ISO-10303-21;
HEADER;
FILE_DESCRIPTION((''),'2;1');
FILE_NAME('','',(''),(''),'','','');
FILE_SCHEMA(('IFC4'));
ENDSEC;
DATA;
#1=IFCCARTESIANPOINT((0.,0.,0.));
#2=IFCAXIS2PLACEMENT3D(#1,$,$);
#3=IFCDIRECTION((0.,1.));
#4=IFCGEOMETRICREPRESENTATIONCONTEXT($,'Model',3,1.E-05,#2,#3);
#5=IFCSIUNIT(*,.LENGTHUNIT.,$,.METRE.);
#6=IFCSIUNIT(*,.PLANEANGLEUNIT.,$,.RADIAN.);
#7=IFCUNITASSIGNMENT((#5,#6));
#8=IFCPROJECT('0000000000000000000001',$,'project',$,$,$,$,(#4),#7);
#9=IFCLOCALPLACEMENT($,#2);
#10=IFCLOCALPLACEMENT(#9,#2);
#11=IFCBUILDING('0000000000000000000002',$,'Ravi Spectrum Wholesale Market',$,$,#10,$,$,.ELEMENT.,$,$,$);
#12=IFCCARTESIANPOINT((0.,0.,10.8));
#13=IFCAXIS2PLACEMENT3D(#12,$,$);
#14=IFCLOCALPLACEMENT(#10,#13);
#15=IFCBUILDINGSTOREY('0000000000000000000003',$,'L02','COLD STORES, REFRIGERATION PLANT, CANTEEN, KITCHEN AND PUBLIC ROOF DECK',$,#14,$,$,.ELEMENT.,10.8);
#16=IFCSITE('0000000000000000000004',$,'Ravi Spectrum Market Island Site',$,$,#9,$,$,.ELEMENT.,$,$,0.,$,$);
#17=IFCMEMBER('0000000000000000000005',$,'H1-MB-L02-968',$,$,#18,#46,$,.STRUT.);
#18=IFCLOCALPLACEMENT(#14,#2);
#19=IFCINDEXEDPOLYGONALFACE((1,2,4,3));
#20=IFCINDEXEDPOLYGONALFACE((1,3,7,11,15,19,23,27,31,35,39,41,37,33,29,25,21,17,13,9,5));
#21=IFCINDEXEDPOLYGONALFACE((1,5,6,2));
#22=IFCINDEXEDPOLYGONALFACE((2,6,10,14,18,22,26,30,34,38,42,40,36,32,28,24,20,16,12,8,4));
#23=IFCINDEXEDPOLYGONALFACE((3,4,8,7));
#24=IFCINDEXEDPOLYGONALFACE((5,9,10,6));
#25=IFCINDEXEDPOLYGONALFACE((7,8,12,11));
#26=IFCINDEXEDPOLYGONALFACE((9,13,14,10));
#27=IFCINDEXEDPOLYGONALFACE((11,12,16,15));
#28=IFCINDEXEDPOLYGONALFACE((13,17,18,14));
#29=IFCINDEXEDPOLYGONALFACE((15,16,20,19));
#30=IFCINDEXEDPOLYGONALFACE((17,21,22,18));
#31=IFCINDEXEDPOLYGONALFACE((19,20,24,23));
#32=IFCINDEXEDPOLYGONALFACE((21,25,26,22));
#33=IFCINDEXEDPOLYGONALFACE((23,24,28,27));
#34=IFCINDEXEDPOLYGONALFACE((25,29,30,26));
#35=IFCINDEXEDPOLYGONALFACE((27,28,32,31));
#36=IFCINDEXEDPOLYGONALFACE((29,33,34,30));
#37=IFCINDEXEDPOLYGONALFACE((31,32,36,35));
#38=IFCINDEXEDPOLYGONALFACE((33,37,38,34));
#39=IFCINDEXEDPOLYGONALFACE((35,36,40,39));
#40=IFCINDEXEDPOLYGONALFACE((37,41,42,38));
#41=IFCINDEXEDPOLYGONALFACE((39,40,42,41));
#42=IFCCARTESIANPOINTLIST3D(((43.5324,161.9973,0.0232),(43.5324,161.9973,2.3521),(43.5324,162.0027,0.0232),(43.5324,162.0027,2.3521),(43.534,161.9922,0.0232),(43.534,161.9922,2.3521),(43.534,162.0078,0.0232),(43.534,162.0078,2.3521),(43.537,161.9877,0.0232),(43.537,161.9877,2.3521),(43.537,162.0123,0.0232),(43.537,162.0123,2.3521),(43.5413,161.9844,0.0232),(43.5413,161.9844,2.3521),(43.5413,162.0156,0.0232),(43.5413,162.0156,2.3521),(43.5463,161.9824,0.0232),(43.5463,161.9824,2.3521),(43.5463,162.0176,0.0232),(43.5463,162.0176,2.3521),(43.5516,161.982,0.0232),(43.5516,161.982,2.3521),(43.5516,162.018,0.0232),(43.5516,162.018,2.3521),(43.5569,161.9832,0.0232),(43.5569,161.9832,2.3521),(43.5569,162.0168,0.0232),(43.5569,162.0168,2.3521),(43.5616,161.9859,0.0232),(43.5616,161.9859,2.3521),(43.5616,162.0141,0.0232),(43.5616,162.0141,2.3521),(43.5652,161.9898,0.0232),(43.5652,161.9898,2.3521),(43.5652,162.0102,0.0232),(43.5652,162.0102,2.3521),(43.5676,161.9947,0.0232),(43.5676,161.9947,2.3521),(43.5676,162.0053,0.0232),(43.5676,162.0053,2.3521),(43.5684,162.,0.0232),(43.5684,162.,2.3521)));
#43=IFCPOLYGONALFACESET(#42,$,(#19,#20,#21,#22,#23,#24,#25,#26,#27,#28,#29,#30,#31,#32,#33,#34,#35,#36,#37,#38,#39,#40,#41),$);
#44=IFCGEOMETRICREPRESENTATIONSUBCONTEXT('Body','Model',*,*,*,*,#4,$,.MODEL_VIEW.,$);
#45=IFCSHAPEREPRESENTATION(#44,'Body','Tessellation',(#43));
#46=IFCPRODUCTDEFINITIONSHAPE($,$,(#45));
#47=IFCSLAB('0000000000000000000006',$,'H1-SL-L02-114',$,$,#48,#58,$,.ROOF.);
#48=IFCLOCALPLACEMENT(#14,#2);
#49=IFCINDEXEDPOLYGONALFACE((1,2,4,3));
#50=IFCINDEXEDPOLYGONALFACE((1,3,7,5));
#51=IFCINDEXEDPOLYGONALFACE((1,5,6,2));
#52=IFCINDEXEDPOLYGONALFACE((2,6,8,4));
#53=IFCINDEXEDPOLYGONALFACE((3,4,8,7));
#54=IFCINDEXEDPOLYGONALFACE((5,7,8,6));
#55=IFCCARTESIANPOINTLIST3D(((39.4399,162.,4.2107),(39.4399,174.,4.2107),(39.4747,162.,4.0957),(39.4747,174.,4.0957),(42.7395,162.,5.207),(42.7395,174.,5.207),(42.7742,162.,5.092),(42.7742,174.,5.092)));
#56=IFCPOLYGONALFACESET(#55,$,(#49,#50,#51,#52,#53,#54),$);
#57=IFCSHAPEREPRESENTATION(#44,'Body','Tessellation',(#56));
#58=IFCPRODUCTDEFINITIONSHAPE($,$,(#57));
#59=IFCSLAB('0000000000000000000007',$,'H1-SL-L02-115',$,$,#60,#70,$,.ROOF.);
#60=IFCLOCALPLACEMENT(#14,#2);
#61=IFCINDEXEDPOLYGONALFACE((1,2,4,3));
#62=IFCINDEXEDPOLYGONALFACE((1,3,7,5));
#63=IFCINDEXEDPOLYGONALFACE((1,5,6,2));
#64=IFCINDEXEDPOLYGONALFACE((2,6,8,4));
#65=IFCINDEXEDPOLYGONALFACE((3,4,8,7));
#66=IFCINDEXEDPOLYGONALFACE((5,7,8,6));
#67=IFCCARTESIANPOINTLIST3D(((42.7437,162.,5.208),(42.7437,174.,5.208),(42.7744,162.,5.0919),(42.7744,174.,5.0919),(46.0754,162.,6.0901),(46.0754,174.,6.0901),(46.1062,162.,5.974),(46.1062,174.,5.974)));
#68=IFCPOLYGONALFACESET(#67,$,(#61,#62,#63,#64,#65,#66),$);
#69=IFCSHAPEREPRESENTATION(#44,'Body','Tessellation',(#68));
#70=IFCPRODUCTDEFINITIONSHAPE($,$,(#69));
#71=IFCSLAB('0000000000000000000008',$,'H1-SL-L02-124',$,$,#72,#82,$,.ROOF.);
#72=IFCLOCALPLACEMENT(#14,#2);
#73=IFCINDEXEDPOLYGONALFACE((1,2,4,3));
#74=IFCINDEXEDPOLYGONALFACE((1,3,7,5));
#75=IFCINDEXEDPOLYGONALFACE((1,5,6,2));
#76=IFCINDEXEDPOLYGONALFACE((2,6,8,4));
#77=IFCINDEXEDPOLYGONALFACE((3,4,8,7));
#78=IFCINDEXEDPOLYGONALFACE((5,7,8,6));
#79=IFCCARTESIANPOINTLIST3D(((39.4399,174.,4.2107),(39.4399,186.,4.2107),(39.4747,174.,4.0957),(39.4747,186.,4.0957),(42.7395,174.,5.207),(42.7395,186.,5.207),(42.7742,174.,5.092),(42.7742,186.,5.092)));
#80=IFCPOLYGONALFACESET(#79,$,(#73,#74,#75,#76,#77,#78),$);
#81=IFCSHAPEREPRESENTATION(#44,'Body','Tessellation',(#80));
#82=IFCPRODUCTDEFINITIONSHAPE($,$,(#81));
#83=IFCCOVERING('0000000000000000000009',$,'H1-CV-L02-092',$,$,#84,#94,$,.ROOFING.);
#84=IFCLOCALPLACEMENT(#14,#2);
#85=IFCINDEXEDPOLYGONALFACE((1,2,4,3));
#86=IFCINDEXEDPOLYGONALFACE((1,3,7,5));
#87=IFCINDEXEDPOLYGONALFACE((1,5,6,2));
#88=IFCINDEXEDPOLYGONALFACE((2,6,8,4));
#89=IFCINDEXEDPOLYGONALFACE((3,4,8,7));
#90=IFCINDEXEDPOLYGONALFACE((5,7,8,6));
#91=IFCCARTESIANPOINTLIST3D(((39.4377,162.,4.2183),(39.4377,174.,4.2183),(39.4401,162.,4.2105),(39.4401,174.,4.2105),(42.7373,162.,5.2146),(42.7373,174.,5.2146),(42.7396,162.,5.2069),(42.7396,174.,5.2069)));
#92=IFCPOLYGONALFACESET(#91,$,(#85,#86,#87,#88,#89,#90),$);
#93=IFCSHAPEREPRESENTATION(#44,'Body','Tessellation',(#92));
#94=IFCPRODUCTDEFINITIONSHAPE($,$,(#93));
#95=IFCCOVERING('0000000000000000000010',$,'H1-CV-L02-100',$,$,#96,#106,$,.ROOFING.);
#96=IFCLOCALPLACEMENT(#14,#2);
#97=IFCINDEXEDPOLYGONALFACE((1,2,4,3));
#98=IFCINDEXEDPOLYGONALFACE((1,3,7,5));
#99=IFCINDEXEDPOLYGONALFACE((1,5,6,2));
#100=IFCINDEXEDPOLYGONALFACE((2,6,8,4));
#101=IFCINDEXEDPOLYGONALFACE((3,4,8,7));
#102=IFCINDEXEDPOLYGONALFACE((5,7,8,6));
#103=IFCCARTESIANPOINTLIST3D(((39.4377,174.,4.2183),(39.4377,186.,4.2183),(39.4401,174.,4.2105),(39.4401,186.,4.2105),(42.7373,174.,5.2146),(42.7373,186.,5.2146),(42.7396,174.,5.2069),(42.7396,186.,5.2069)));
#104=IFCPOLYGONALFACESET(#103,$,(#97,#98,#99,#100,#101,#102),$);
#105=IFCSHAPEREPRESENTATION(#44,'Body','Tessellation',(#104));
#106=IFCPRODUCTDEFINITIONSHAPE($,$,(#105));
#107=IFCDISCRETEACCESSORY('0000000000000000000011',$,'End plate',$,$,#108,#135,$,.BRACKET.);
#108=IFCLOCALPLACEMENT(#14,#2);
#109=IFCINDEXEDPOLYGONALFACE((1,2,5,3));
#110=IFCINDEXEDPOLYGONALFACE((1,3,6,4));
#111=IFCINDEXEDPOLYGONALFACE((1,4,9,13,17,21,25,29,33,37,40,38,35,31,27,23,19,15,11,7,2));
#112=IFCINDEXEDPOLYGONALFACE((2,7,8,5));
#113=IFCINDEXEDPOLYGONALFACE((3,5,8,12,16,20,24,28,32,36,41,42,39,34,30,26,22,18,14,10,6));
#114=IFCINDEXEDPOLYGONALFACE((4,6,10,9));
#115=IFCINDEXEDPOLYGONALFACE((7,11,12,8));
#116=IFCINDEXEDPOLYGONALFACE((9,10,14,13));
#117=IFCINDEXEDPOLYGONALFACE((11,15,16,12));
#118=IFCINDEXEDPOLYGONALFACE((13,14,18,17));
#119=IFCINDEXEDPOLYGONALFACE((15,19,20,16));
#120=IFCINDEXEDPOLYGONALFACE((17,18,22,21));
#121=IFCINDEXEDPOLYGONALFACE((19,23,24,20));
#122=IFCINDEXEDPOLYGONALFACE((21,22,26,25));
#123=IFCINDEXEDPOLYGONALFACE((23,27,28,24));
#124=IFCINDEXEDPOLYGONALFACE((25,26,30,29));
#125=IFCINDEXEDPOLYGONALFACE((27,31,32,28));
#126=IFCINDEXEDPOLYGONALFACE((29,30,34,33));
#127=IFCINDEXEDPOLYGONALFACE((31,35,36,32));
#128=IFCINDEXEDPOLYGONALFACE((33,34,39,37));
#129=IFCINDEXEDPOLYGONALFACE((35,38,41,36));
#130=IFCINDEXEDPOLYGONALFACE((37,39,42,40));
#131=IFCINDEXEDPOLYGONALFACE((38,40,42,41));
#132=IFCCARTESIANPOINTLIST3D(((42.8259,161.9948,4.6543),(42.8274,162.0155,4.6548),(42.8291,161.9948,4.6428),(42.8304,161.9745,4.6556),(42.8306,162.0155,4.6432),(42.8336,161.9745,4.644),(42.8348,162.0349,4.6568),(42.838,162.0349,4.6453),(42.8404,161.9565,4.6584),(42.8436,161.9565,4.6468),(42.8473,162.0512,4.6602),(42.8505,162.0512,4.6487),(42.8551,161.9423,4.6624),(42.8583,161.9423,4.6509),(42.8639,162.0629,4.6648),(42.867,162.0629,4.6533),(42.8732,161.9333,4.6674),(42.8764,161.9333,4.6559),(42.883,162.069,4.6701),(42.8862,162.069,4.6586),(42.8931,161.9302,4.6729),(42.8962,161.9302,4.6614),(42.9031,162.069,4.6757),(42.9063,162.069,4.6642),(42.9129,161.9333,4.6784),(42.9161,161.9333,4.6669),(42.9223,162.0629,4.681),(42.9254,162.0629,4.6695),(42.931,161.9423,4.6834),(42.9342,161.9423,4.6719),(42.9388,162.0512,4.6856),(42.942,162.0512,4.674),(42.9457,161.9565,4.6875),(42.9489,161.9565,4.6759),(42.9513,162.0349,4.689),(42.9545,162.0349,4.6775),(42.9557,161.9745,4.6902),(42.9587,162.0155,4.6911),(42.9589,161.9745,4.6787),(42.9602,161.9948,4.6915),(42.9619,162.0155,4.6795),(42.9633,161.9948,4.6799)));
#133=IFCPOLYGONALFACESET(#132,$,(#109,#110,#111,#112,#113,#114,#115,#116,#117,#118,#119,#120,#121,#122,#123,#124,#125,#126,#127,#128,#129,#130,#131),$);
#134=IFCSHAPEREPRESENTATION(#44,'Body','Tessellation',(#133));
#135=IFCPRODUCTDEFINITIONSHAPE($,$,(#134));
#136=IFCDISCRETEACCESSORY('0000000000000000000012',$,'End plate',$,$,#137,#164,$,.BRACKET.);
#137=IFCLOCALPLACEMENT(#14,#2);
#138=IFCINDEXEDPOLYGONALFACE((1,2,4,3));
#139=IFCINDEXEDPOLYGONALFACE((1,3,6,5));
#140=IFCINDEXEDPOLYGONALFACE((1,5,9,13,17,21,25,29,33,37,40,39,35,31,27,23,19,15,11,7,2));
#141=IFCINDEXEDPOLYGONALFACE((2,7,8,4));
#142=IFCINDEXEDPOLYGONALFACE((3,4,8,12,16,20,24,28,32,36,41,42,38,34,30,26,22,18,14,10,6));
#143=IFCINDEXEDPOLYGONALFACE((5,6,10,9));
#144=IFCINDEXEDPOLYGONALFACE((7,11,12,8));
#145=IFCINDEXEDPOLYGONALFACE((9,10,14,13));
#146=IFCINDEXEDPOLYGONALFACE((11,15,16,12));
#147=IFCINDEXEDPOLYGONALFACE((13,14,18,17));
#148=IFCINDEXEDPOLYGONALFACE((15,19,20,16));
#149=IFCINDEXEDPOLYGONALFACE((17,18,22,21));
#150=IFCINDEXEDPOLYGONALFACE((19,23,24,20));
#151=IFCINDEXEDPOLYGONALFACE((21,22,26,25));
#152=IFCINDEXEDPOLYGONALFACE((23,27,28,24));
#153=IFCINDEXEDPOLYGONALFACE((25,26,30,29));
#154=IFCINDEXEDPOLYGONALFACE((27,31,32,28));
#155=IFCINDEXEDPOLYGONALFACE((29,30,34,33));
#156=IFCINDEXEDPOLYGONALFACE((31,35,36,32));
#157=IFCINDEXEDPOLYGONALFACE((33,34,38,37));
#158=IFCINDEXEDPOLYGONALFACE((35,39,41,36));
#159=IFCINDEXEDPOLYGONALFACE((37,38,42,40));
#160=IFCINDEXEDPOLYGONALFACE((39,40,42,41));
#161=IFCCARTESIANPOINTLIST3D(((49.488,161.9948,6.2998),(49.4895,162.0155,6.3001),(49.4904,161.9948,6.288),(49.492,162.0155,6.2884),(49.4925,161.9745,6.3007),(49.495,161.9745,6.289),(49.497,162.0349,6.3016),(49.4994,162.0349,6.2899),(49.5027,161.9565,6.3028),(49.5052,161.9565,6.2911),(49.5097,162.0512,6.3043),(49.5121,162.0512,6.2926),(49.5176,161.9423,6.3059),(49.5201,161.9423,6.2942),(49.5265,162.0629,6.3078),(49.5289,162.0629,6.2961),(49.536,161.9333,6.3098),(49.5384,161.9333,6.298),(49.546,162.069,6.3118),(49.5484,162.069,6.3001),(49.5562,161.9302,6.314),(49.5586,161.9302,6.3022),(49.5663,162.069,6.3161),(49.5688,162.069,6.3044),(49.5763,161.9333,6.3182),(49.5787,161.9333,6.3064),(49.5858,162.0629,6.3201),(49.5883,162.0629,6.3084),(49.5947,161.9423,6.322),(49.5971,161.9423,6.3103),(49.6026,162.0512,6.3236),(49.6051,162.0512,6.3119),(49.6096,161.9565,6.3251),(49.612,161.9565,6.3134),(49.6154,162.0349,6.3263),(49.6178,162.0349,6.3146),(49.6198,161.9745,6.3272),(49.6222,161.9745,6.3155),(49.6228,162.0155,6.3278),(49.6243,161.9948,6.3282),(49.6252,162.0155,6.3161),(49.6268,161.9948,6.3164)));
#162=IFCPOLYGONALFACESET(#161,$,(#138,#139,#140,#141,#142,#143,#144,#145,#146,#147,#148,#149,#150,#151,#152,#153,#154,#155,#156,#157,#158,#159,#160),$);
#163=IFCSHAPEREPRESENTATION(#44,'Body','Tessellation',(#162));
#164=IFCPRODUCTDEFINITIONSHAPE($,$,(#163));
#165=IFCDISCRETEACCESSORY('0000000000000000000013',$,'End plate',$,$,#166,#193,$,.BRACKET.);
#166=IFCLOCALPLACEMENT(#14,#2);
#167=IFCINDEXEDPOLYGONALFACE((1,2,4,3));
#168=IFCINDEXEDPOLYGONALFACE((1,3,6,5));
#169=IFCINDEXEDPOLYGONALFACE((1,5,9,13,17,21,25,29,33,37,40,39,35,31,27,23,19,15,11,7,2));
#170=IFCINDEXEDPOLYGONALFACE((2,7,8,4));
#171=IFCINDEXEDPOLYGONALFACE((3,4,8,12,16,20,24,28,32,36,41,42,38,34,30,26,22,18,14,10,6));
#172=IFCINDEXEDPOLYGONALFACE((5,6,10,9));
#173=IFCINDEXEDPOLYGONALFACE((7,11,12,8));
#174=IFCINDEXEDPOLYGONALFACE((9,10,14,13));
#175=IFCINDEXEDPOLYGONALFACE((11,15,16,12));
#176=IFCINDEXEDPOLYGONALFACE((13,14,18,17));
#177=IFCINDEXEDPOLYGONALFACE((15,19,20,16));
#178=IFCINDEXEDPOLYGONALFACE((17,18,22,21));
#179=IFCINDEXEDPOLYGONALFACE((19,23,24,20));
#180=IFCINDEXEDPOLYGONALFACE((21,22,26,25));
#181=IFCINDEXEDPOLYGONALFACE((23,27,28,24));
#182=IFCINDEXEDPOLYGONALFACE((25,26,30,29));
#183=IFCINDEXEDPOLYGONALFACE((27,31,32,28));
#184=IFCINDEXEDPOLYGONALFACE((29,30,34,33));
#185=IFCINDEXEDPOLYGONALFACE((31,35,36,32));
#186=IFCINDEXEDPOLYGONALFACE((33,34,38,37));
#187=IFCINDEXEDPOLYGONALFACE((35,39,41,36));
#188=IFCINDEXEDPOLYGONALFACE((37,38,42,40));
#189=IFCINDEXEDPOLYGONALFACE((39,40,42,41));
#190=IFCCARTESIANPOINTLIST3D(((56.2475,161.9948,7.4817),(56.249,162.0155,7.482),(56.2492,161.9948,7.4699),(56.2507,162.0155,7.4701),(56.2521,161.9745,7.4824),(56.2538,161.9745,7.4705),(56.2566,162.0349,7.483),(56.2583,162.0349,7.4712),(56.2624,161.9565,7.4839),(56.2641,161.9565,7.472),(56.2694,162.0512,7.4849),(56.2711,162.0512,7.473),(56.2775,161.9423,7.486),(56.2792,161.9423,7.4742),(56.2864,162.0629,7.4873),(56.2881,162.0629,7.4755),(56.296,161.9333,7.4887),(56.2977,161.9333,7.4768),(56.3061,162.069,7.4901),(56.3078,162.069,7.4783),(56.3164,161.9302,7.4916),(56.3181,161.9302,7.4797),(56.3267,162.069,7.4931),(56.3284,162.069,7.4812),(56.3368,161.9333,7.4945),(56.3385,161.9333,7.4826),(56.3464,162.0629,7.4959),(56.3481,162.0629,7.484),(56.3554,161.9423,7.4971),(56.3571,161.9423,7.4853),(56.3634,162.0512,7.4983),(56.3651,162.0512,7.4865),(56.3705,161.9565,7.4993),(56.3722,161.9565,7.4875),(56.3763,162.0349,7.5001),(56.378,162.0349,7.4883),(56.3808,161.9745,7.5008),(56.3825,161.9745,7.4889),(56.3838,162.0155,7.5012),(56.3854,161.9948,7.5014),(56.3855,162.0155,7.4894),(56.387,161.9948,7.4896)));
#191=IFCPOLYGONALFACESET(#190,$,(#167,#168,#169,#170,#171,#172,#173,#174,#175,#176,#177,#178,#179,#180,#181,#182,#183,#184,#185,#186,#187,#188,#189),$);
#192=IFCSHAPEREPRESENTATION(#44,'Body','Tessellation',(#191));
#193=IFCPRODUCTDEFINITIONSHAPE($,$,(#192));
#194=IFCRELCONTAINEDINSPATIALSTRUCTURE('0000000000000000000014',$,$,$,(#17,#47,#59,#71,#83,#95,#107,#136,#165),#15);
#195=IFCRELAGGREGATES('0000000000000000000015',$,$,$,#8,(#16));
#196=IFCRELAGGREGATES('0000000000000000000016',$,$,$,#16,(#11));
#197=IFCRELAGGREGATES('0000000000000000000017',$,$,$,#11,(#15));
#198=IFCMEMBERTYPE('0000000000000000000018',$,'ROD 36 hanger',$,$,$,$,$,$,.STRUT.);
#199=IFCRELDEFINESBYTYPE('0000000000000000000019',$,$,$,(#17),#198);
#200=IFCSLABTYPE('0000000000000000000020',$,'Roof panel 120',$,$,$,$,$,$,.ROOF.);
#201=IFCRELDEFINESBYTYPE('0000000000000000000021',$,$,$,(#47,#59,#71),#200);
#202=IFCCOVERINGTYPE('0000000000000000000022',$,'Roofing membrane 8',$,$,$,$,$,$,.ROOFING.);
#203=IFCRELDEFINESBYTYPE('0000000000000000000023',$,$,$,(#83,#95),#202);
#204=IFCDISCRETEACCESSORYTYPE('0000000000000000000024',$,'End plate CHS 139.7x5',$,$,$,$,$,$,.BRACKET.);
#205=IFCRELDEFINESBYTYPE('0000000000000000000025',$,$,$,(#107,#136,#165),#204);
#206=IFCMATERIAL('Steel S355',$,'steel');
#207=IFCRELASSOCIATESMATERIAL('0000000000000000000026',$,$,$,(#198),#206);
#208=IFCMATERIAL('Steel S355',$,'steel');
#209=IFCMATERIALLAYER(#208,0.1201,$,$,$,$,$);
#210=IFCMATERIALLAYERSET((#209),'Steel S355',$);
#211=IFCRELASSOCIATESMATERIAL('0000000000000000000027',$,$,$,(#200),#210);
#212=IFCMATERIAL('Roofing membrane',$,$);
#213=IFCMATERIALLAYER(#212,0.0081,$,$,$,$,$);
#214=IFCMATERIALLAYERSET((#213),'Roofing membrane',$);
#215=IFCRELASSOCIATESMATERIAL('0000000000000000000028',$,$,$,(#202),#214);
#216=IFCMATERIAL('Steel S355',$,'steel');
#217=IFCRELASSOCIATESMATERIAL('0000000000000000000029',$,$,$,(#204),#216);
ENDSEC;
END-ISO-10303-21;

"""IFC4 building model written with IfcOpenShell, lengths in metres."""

from ifc_helpers import new_model, si_unit, direction, frame, origin, origin_2d, place, context, subcontext, project, spatial, polyline, circle, outline, extrude, material, layer, layer_set, material_profile, profile_set, type_object, element, save


model = new_model("IFC4")

# Units and contexts
model_context = context("Model", 3, precision=1e-05, world=origin(), true_north=direction((0.0, 1.0)))
body_context = subcontext(model_context, "Body", "Model", "MODEL_VIEW")
ifc_project = project(units=[si_unit("LENGTHUNIT", "METRE"), si_unit("PLANEANGLEUNIT", "RADIAN")], contexts=[model_context])

# Site, building, storey
site_placement = place(None, origin())
site = spatial("IfcSite", under=ifc_project, at=site_placement, Name="Ravi Spectrum Market Island Site", CompositionType="ELEMENT", RefElevation=0.0)
building_placement = place(site_placement, origin())
building = spatial("IfcBuilding", under=site, at=building_placement, Name="Ravi Spectrum Wholesale Market", CompositionType="ELEMENT")
storey_placement = place(building_placement, frame((0.0, 0.0, 10.8)))
storey = spatial("IfcBuildingStorey", under=building, at=storey_placement, Name="L02", Description="COLD STORES, REFRIGERATION PLANT, CANTEEN, KITCHEN AND PUBLIC ROOF DECK", CompositionType="ELEMENT", Elevation=10.8)

# Member
ifc_material_1 = material(Name="Steel S355", Category="steel")
ifc_material_profile_1 = material_profile(ifc_material_1, circle(Radius=0.0181, at=origin_2d()))
ifc_profile_set_1 = profile_set([ifc_material_profile_1], Name="Steel S355")
member_type_1 = type_object("IfcMemberType", Name="ROD 36 hanger", PredefinedType="STRUT", material=ifc_profile_set_1)
member_1_placement = place(storey_placement, frame((43.5503, 162.0, 0.0232), z_axis=(0.0, 0.0, 1.0), x_axis=(1.0, 0.0, 0.0)))
element("IfcMember", 1, at=member_1_placement, inside=storey, type_object=member_type_1, Name="H1-MB-L02-968", PredefinedType="STRUT", context=body_context, shape_type="SweptSolid", body=[
    extrude(circle(Radius=0.0181, at=origin_2d()), origin(), (0.0, 0.0, 1.0), 2.3289),
])

# Slabs
ifc_material_2 = material(Name="Steel S355", Category="steel")
ifc_layer_1 = layer(ifc_material_2, 0.1201)
ifc_layer_set_1 = layer_set([ifc_layer_1], Name="Steel S355")
slab_type = type_object("IfcSlabType", Name="Roof panel 120", PredefinedType="ROOF", material=ifc_layer_set_1)
slab_1_placement = place(storey_placement, frame((39.4399, 162.0, 4.2107), z_axis=(-0.28907, 0.0, 0.957308), x_axis=(0.957308, 0.0, 0.28907)))
element("IfcSlab", 2, at=slab_1_placement, inside=storey, type_object=slab_type, Name="H1-SL-L02-114", PredefinedType="ROOF", context=body_context, shape_type="SweptSolid", body=[
    extrude(outline(polyline([(0.0, 0.0), (3.4467, 0.0), (3.4467, 12.0), (0.0, 12.0), (0.0, 0.0)])), origin(), (0.0, 0.0, -1.0), 0.1201),
])
slab_2_placement = place(storey_placement, frame((42.7437, 162.0, 5.208), z_axis=(-0.25593, 0.0, 0.966695), x_axis=(0.966695, 0.0, 0.25593)))
element("IfcSlab", 3, at=slab_2_placement, inside=storey, type_object=slab_type, Name="H1-SL-L02-115", PredefinedType="ROOF", context=body_context, shape_type="SweptSolid", body=[
    extrude(outline(polyline([(0.0, 0.0), (3.4466, 0.0), (3.4466, 12.0), (0.0, 12.0), (0.0, 0.0)])), origin(), (0.0, 0.0, -1.0), 0.1201),
])
slab_3_placement = place(storey_placement, frame((39.4399, 174.0, 4.2107), z_axis=(-0.28907, 0.0, 0.957308), x_axis=(0.957308, 0.0, 0.28907)))
element("IfcSlab", 4, at=slab_3_placement, inside=storey, type_object=slab_type, Name="H1-SL-L02-124", PredefinedType="ROOF", context=body_context, shape_type="SweptSolid", body=[
    extrude(outline(polyline([(0.0, 0.0), (3.4467, 0.0), (3.4467, 12.0), (0.0, 12.0), (0.0, 0.0)])), origin(), (0.0, 0.0, -1.0), 0.1201),
])

# Coverings
ifc_material_3 = material(Name="Roofing membrane")
ifc_layer_2 = layer(ifc_material_3, 0.0081)
ifc_layer_set_2 = layer_set([ifc_layer_2], Name="Roofing membrane")
covering_type = type_object("IfcCoveringType", Name="Roofing membrane 8", PredefinedType="ROOFING", material=ifc_layer_set_2)
for number, where, z_axis, x_axis, name in (
    (5, (39.4377, 162.0, 4.2183), (-0.28907, 0.0, 0.957308), (0.957308, 0.0, 0.28907), "H1-CV-L02-092"),
    (6, (39.4377, 174.0, 4.2183), (-0.28907, 0.0, 0.957308), (0.957308, 0.0, 0.28907), "H1-CV-L02-100"),
):
    element("IfcCovering", number, at=place(storey_placement, frame(where, z_axis=z_axis, x_axis=x_axis)), inside=storey, type_object=covering_type, Name=name, PredefinedType="ROOFING", context=body_context, shape_type="SweptSolid", body=[
        extrude(outline(polyline([(0.0, 0.0), (3.4467, 0.0), (3.4467, 12.0), (0.0, 12.0), (0.0, 0.0)])), origin(), (0.0, 0.0, -1.0), 0.0081),
    ])

# Discrete accessories
ifc_material_4 = material(Name="Steel S355", Category="steel")
ifc_material_profile_2 = material_profile(ifc_material_4, circle(Radius=0.0698, at=origin_2d()))
ifc_profile_set_2 = profile_set([ifc_material_profile_2], Name="Steel S355")
discrete_accessory_type_1 = type_object("IfcDiscreteAccessoryType", Name="End plate CHS 139.7x5", PredefinedType="BRACKET", material=ifc_profile_set_2)
for number, where, z_axis, x_axis, name in (
    (7, (42.8962, 162.0, 4.6614), (-0.266586, 0.0, 0.963811), (0.0, -1.0, 0.0), "End plate"),
    (8, (49.5586, 162.0, 6.3022), (-0.203954, 0.0, 0.97898), (0.0, -1.0, 0.0), "End plate"),
    (9, (56.3181, 162.0, 7.4797), (-0.141421, 0.0, 0.989949), (0.0, -1.0, 0.0), "End plate"),
):
    element("IfcDiscreteAccessory", number, at=place(storey_placement, frame(where, z_axis=z_axis, x_axis=x_axis)), inside=storey, type_object=discrete_accessory_type_1, Name=name, PredefinedType="BRACKET", context=body_context, shape_type="SweptSolid", body=[
        extrude(circle(Radius=0.0698, at=origin_2d()), origin(), (0.0, 0.0, 1.0), 0.012),
    ])

save(model, "model.ifc")
